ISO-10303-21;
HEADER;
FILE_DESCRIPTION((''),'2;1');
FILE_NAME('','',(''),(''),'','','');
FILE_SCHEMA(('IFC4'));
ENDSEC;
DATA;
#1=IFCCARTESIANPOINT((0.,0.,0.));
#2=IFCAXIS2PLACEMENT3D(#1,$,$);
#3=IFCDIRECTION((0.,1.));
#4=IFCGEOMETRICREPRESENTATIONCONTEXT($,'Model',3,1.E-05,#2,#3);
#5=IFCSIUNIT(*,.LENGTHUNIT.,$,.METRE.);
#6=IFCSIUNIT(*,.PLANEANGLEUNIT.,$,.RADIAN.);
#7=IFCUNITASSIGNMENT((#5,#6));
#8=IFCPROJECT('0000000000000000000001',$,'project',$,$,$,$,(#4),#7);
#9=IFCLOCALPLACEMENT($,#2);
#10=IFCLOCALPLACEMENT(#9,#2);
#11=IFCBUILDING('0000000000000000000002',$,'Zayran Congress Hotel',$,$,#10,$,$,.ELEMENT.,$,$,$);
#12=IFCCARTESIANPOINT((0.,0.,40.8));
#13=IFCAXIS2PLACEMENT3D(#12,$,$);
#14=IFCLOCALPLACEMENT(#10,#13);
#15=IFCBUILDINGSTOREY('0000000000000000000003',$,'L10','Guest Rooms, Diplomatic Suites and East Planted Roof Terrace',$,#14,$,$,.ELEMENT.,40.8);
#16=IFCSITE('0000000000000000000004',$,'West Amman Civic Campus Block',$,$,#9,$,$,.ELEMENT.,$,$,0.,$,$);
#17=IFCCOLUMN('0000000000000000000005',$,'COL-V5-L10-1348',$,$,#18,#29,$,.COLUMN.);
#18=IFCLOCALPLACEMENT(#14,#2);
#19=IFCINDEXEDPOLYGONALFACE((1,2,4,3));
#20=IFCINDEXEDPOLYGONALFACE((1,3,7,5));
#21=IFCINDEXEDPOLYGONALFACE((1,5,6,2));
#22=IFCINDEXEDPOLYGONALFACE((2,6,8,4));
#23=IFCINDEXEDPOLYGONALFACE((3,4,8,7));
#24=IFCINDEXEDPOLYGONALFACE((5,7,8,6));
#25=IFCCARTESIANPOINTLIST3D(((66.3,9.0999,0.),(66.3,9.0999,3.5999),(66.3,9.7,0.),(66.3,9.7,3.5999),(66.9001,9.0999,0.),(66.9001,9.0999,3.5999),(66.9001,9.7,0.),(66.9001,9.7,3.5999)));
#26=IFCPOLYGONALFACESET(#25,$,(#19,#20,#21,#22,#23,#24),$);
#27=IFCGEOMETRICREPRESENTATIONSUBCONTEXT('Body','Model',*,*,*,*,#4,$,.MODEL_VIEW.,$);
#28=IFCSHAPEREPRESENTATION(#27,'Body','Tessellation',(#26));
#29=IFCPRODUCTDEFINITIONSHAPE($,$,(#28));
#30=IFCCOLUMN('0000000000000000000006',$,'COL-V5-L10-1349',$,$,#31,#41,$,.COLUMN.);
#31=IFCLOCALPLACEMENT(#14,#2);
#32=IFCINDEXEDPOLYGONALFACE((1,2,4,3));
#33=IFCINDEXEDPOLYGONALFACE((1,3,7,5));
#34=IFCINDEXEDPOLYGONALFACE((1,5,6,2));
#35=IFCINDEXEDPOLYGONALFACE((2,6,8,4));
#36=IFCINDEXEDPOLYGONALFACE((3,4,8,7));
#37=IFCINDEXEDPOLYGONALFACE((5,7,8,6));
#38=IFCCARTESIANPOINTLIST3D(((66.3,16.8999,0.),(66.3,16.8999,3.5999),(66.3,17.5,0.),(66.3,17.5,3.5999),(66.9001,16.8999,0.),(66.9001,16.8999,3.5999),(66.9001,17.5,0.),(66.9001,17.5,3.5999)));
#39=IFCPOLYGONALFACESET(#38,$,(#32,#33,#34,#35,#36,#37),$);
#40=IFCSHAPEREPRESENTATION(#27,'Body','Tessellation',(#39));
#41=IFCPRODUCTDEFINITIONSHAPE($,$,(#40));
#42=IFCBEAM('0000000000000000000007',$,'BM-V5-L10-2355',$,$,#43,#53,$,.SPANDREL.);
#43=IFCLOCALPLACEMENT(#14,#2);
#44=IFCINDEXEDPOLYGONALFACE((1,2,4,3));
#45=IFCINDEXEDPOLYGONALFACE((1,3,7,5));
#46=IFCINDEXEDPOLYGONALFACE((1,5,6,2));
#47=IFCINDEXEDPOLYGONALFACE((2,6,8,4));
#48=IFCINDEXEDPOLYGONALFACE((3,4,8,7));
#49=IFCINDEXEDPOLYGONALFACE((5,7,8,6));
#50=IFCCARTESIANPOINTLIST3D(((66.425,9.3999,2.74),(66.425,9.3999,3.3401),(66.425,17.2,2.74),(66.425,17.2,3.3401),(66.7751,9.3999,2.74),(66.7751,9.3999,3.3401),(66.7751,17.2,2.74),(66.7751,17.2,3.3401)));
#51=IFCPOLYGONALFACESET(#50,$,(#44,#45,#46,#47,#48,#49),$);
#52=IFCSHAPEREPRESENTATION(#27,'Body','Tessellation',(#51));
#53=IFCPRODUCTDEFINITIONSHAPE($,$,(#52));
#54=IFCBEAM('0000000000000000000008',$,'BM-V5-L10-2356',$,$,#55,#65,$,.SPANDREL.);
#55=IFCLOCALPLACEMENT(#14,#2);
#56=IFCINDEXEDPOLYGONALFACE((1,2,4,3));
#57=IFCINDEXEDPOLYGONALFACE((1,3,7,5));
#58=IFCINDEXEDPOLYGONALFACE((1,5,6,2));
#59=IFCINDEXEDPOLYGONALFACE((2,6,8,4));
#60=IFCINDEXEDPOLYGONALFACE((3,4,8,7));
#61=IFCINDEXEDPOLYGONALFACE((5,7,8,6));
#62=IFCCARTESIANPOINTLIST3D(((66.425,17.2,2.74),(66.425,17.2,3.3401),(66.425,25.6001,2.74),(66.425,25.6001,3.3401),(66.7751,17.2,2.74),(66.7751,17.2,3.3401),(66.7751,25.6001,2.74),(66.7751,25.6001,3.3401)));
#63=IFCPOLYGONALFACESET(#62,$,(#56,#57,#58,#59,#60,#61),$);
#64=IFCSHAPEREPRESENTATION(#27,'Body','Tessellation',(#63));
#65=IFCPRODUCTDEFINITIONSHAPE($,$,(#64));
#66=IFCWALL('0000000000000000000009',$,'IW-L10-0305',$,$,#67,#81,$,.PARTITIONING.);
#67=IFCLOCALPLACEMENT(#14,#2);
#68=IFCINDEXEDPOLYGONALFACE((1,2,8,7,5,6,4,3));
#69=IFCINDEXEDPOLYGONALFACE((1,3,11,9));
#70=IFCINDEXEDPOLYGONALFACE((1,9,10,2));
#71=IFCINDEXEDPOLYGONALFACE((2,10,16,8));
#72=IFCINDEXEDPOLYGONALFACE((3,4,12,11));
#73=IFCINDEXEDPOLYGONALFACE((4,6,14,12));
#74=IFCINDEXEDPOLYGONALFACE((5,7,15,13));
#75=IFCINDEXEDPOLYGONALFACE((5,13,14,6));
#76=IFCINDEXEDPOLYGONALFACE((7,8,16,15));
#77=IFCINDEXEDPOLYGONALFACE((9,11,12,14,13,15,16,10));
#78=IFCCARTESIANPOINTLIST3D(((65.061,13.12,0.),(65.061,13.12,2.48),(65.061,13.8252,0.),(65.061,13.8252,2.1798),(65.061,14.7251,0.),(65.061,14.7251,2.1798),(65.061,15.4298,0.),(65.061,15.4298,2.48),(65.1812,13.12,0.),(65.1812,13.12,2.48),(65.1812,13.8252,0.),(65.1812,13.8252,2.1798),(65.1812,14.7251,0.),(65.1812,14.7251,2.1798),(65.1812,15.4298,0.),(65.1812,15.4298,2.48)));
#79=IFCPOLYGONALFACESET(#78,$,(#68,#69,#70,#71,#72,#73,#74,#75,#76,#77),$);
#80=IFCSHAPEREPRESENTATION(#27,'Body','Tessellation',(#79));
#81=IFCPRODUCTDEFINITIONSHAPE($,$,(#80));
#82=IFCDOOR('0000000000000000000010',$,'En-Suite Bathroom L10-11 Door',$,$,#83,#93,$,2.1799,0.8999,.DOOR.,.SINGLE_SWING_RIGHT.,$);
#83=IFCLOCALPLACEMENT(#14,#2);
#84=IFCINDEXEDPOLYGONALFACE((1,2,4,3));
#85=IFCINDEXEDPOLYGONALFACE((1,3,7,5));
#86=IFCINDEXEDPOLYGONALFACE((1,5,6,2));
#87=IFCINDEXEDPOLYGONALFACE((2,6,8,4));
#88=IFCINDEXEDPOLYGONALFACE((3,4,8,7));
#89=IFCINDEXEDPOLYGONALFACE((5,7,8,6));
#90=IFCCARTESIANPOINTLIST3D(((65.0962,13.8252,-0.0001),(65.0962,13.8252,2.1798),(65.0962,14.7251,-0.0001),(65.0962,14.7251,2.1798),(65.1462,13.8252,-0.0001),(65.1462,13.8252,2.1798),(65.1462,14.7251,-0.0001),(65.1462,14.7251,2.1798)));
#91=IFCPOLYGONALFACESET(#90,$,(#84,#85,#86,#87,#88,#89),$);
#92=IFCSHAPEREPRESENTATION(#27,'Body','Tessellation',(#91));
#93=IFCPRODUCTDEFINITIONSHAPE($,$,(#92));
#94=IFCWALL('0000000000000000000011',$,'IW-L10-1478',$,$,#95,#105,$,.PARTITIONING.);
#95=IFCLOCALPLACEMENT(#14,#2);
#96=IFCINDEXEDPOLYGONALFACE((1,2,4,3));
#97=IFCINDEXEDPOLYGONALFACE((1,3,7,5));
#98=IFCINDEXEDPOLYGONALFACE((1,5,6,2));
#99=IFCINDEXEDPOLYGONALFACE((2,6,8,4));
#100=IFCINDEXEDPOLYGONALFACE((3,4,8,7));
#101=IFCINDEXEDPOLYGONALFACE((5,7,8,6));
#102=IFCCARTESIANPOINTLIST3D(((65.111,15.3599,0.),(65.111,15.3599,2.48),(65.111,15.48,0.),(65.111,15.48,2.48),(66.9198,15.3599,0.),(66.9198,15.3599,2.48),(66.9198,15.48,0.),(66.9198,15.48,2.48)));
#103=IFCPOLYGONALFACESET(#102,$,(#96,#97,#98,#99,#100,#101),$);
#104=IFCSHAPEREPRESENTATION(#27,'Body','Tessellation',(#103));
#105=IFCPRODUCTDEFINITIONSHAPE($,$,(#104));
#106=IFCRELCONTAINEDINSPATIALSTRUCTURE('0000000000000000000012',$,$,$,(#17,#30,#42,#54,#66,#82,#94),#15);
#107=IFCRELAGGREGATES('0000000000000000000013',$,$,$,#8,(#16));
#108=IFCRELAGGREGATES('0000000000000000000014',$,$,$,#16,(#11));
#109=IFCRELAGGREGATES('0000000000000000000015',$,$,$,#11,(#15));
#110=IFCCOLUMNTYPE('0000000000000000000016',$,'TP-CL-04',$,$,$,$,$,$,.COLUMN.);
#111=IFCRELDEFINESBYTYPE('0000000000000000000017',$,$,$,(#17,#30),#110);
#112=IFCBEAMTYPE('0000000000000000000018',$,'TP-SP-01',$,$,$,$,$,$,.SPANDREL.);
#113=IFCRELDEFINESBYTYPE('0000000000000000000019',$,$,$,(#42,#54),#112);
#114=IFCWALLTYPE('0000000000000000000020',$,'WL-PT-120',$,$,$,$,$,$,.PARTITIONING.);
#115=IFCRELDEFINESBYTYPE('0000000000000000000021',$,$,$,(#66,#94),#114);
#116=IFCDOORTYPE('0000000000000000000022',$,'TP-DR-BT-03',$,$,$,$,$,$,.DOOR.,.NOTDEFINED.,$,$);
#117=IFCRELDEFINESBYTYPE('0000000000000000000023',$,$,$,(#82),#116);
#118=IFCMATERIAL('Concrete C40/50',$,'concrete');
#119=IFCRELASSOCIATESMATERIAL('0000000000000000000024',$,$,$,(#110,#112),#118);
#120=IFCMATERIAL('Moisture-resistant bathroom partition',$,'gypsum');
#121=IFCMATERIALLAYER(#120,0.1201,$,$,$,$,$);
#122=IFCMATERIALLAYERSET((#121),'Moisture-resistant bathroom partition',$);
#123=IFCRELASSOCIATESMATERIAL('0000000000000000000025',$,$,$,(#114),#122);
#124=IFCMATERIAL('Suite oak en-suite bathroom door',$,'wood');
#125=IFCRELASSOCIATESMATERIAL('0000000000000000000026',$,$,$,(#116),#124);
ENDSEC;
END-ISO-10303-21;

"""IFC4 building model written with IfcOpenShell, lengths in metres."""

from ifc_helpers import new_model, si_unit, direction, frame, frame_2d, origin, origin_2d, place, context, subcontext, project, spatial, rectangle, extrude, material, layer, layer_set, material_profile, profile_set, type_object, element, fill, save


model = new_model("IFC4")

# Units and contexts
model_context = context("Model", 3, precision=1e-05, world=origin(), true_north=direction((0.0, 1.0)))
body_context = subcontext(model_context, "Body", "Model", "MODEL_VIEW")
ifc_project = project(units=[si_unit("LENGTHUNIT", "METRE"), si_unit("PLANEANGLEUNIT", "RADIAN")], contexts=[model_context])

# Site, building, storey
site_placement = place(None, origin())
site = spatial("IfcSite", under=ifc_project, at=site_placement, Name="West Amman Civic Campus Block", CompositionType="ELEMENT", RefElevation=0.0)
building_placement = place(site_placement, origin())
building = spatial("IfcBuilding", under=site, at=building_placement, Name="Zayran Congress Hotel", CompositionType="ELEMENT")
storey_placement = place(building_placement, frame((0.0, 0.0, 40.8)))
storey = spatial("IfcBuildingStorey", under=building, at=storey_placement, Name="L10", Description="Guest Rooms, Diplomatic Suites and East Planted Roof Terrace", CompositionType="ELEMENT", Elevation=40.8)

# Columns
ifc_material_1 = material(Name="Concrete C40/50", Category="concrete")
ifc_material_profile_1 = material_profile(ifc_material_1, rectangle(XDim=0.6001, YDim=0.6001, at=origin_2d()), Name="RC 600x600")
ifc_profile_set_1 = profile_set([ifc_material_profile_1], Name="Concrete C40/50")
column_type = type_object("IfcColumnType", Name="TP-CL-04", PredefinedType="COLUMN", material=ifc_profile_set_1)
for number, where, z_axis, x_axis, name in (
    (1, (66.6001, 9.3999, 0.0), (0.0, 0.0, 1.0), (1.0, 0.0, 0.0), "COL-V5-L10-1348"),
    (2, (66.6001, 17.2, 0.0), (0.0, 0.0, 1.0), (1.0, 0.0, 0.0), "COL-V5-L10-1349"),
):
    element("IfcColumn", number, at=place(storey_placement, frame(where, z_axis=z_axis, x_axis=x_axis)), inside=storey, type_object=column_type, Name=name, PredefinedType="COLUMN", context=body_context, shape_type="SweptSolid", body=[
        extrude(rectangle(XDim=0.6001, YDim=0.6001, at=origin_2d()), origin(), (0.0, 0.0, 1.0), 3.5999),
    ])

# Beams
ifc_material_profile_2 = material_profile(ifc_material_1, rectangle(XDim=0.3501, YDim=0.6001, at=origin_2d()), Name="RC 350x600")
ifc_profile_set_2 = profile_set([ifc_material_profile_2], Name="Concrete C40/50")
beam_type = type_object("IfcBeamType", Name="TP-SP-01", PredefinedType="SPANDREL", material=ifc_profile_set_2)
beam_1_placement = place(storey_placement, frame((66.6001, 9.3999, 3.04), z_axis=(0.0, 1.0, 0.0), x_axis=(-1.0, 0.0, 0.0)))
element("IfcBeam", 3, at=beam_1_placement, inside=storey, type_object=beam_type, Name="BM-V5-L10-2355", PredefinedType="SPANDREL", context=body_context, shape_type="SweptSolid", body=[
    extrude(rectangle(XDim=0.3501, YDim=0.6001, at=origin_2d()), origin(), (0.0, 0.0, 1.0), 7.8),
])
beam_2_placement = place(storey_placement, frame((66.6001, 17.2, 3.04), z_axis=(0.0, 1.0, 0.0), x_axis=(-1.0, 0.0, 0.0)))
element("IfcBeam", 4, at=beam_2_placement, inside=storey, type_object=beam_type, Name="BM-V5-L10-2356", PredefinedType="SPANDREL", context=body_context, shape_type="SweptSolid", body=[
    extrude(rectangle(XDim=0.3501, YDim=0.6001, at=origin_2d()), origin(), (0.0, 0.0, 1.0), 8.4001),
])

# Wall, opening, door
ifc_material_2 = material(Name="Moisture-resistant bathroom partition", Category="gypsum")
ifc_layer_1 = layer(ifc_material_2, 0.1201)
ifc_layer_set_1 = layer_set([ifc_layer_1], Name="Moisture-resistant bathroom partition")
wall_type_1 = type_object("IfcWallType", Name="WL-PT-120", PredefinedType="PARTITIONING", material=ifc_layer_set_1)
wall_1_placement = place(storey_placement, frame((65.1211, 13.1201, 0.0), z_axis=(0.0, 0.0, 1.0), x_axis=(0.0, 1.0, 0.0)))
wall_1 = element("IfcWall", 5, at=wall_1_placement, inside=storey, type_object=wall_type_1, Name="IW-L10-0305", PredefinedType="PARTITIONING", context=body_context, shape_type="SweptSolid", body=[
    extrude(rectangle(XDim=2.3098, YDim=0.1201, at=frame_2d((1.1548, 0.0))), origin(), (0.0, 0.0, 1.0), 2.48),
])
opening_1_placement = place(wall_1_placement, frame((0.7051, 0.0, 0.0)))
opening_1 = element("IfcOpeningElement", 6, at=opening_1_placement, cuts=wall_1, PredefinedType="OPENING", context=body_context, shape_type="SweptSolid", body=[
    extrude(rectangle(XDim=0.8999, YDim=2.1799, at=frame_2d((0.45, 1.0898))), frame((0.0, 0.0701, 0.0), z_axis=(0.0, -1.0, 0.0), x_axis=(1.0, 0.0, 0.0)), (0.0, 0.0, 1.0), 0.1401),
])
ifc_material_3 = material(Name="Suite oak en-suite bathroom door", Category="wood")
door_type = type_object("IfcDoorType", Name="TP-DR-BT-03", OperationType="NOTDEFINED", PredefinedType="DOOR", material=ifc_material_3)
door_placement = place(opening_1_placement, origin())
door = element("IfcDoor", 7, at=door_placement, inside=storey, type_object=door_type, Name="En-Suite Bathroom L10-11 Door", OperationType="SINGLE_SWING_RIGHT", OverallHeight=2.1799, OverallWidth=0.8999, PredefinedType="DOOR", context=body_context, shape_type="SweptSolid", body=[
    extrude(rectangle(XDim=0.8999, YDim=2.1799, at=frame_2d((0.45, 1.0898))), frame((0.0, 0.0249, 0.0), z_axis=(0.0, -1.0, 0.0), x_axis=(1.0, 0.0, 0.0)), (0.0, 0.0, 1.0), 0.05),
])
fill(opening_1, door)

# Wall
wall_2_placement = place(storey_placement, frame((65.1111, 15.4199, 0.0), z_axis=(0.0, 0.0, 1.0), x_axis=(1.0, 0.0, 0.0)))
element("IfcWall", 8, at=wall_2_placement, inside=storey, type_object=wall_type_1, Name="IW-L10-1478", PredefinedType="PARTITIONING", context=body_context, shape_type="SweptSolid", body=[
    extrude(rectangle(XDim=1.8088, YDim=0.1201, at=frame_2d((0.9043, 0.0))), origin(), (0.0, 0.0, 1.0), 2.48),
])

save(model, "model.ifc")
